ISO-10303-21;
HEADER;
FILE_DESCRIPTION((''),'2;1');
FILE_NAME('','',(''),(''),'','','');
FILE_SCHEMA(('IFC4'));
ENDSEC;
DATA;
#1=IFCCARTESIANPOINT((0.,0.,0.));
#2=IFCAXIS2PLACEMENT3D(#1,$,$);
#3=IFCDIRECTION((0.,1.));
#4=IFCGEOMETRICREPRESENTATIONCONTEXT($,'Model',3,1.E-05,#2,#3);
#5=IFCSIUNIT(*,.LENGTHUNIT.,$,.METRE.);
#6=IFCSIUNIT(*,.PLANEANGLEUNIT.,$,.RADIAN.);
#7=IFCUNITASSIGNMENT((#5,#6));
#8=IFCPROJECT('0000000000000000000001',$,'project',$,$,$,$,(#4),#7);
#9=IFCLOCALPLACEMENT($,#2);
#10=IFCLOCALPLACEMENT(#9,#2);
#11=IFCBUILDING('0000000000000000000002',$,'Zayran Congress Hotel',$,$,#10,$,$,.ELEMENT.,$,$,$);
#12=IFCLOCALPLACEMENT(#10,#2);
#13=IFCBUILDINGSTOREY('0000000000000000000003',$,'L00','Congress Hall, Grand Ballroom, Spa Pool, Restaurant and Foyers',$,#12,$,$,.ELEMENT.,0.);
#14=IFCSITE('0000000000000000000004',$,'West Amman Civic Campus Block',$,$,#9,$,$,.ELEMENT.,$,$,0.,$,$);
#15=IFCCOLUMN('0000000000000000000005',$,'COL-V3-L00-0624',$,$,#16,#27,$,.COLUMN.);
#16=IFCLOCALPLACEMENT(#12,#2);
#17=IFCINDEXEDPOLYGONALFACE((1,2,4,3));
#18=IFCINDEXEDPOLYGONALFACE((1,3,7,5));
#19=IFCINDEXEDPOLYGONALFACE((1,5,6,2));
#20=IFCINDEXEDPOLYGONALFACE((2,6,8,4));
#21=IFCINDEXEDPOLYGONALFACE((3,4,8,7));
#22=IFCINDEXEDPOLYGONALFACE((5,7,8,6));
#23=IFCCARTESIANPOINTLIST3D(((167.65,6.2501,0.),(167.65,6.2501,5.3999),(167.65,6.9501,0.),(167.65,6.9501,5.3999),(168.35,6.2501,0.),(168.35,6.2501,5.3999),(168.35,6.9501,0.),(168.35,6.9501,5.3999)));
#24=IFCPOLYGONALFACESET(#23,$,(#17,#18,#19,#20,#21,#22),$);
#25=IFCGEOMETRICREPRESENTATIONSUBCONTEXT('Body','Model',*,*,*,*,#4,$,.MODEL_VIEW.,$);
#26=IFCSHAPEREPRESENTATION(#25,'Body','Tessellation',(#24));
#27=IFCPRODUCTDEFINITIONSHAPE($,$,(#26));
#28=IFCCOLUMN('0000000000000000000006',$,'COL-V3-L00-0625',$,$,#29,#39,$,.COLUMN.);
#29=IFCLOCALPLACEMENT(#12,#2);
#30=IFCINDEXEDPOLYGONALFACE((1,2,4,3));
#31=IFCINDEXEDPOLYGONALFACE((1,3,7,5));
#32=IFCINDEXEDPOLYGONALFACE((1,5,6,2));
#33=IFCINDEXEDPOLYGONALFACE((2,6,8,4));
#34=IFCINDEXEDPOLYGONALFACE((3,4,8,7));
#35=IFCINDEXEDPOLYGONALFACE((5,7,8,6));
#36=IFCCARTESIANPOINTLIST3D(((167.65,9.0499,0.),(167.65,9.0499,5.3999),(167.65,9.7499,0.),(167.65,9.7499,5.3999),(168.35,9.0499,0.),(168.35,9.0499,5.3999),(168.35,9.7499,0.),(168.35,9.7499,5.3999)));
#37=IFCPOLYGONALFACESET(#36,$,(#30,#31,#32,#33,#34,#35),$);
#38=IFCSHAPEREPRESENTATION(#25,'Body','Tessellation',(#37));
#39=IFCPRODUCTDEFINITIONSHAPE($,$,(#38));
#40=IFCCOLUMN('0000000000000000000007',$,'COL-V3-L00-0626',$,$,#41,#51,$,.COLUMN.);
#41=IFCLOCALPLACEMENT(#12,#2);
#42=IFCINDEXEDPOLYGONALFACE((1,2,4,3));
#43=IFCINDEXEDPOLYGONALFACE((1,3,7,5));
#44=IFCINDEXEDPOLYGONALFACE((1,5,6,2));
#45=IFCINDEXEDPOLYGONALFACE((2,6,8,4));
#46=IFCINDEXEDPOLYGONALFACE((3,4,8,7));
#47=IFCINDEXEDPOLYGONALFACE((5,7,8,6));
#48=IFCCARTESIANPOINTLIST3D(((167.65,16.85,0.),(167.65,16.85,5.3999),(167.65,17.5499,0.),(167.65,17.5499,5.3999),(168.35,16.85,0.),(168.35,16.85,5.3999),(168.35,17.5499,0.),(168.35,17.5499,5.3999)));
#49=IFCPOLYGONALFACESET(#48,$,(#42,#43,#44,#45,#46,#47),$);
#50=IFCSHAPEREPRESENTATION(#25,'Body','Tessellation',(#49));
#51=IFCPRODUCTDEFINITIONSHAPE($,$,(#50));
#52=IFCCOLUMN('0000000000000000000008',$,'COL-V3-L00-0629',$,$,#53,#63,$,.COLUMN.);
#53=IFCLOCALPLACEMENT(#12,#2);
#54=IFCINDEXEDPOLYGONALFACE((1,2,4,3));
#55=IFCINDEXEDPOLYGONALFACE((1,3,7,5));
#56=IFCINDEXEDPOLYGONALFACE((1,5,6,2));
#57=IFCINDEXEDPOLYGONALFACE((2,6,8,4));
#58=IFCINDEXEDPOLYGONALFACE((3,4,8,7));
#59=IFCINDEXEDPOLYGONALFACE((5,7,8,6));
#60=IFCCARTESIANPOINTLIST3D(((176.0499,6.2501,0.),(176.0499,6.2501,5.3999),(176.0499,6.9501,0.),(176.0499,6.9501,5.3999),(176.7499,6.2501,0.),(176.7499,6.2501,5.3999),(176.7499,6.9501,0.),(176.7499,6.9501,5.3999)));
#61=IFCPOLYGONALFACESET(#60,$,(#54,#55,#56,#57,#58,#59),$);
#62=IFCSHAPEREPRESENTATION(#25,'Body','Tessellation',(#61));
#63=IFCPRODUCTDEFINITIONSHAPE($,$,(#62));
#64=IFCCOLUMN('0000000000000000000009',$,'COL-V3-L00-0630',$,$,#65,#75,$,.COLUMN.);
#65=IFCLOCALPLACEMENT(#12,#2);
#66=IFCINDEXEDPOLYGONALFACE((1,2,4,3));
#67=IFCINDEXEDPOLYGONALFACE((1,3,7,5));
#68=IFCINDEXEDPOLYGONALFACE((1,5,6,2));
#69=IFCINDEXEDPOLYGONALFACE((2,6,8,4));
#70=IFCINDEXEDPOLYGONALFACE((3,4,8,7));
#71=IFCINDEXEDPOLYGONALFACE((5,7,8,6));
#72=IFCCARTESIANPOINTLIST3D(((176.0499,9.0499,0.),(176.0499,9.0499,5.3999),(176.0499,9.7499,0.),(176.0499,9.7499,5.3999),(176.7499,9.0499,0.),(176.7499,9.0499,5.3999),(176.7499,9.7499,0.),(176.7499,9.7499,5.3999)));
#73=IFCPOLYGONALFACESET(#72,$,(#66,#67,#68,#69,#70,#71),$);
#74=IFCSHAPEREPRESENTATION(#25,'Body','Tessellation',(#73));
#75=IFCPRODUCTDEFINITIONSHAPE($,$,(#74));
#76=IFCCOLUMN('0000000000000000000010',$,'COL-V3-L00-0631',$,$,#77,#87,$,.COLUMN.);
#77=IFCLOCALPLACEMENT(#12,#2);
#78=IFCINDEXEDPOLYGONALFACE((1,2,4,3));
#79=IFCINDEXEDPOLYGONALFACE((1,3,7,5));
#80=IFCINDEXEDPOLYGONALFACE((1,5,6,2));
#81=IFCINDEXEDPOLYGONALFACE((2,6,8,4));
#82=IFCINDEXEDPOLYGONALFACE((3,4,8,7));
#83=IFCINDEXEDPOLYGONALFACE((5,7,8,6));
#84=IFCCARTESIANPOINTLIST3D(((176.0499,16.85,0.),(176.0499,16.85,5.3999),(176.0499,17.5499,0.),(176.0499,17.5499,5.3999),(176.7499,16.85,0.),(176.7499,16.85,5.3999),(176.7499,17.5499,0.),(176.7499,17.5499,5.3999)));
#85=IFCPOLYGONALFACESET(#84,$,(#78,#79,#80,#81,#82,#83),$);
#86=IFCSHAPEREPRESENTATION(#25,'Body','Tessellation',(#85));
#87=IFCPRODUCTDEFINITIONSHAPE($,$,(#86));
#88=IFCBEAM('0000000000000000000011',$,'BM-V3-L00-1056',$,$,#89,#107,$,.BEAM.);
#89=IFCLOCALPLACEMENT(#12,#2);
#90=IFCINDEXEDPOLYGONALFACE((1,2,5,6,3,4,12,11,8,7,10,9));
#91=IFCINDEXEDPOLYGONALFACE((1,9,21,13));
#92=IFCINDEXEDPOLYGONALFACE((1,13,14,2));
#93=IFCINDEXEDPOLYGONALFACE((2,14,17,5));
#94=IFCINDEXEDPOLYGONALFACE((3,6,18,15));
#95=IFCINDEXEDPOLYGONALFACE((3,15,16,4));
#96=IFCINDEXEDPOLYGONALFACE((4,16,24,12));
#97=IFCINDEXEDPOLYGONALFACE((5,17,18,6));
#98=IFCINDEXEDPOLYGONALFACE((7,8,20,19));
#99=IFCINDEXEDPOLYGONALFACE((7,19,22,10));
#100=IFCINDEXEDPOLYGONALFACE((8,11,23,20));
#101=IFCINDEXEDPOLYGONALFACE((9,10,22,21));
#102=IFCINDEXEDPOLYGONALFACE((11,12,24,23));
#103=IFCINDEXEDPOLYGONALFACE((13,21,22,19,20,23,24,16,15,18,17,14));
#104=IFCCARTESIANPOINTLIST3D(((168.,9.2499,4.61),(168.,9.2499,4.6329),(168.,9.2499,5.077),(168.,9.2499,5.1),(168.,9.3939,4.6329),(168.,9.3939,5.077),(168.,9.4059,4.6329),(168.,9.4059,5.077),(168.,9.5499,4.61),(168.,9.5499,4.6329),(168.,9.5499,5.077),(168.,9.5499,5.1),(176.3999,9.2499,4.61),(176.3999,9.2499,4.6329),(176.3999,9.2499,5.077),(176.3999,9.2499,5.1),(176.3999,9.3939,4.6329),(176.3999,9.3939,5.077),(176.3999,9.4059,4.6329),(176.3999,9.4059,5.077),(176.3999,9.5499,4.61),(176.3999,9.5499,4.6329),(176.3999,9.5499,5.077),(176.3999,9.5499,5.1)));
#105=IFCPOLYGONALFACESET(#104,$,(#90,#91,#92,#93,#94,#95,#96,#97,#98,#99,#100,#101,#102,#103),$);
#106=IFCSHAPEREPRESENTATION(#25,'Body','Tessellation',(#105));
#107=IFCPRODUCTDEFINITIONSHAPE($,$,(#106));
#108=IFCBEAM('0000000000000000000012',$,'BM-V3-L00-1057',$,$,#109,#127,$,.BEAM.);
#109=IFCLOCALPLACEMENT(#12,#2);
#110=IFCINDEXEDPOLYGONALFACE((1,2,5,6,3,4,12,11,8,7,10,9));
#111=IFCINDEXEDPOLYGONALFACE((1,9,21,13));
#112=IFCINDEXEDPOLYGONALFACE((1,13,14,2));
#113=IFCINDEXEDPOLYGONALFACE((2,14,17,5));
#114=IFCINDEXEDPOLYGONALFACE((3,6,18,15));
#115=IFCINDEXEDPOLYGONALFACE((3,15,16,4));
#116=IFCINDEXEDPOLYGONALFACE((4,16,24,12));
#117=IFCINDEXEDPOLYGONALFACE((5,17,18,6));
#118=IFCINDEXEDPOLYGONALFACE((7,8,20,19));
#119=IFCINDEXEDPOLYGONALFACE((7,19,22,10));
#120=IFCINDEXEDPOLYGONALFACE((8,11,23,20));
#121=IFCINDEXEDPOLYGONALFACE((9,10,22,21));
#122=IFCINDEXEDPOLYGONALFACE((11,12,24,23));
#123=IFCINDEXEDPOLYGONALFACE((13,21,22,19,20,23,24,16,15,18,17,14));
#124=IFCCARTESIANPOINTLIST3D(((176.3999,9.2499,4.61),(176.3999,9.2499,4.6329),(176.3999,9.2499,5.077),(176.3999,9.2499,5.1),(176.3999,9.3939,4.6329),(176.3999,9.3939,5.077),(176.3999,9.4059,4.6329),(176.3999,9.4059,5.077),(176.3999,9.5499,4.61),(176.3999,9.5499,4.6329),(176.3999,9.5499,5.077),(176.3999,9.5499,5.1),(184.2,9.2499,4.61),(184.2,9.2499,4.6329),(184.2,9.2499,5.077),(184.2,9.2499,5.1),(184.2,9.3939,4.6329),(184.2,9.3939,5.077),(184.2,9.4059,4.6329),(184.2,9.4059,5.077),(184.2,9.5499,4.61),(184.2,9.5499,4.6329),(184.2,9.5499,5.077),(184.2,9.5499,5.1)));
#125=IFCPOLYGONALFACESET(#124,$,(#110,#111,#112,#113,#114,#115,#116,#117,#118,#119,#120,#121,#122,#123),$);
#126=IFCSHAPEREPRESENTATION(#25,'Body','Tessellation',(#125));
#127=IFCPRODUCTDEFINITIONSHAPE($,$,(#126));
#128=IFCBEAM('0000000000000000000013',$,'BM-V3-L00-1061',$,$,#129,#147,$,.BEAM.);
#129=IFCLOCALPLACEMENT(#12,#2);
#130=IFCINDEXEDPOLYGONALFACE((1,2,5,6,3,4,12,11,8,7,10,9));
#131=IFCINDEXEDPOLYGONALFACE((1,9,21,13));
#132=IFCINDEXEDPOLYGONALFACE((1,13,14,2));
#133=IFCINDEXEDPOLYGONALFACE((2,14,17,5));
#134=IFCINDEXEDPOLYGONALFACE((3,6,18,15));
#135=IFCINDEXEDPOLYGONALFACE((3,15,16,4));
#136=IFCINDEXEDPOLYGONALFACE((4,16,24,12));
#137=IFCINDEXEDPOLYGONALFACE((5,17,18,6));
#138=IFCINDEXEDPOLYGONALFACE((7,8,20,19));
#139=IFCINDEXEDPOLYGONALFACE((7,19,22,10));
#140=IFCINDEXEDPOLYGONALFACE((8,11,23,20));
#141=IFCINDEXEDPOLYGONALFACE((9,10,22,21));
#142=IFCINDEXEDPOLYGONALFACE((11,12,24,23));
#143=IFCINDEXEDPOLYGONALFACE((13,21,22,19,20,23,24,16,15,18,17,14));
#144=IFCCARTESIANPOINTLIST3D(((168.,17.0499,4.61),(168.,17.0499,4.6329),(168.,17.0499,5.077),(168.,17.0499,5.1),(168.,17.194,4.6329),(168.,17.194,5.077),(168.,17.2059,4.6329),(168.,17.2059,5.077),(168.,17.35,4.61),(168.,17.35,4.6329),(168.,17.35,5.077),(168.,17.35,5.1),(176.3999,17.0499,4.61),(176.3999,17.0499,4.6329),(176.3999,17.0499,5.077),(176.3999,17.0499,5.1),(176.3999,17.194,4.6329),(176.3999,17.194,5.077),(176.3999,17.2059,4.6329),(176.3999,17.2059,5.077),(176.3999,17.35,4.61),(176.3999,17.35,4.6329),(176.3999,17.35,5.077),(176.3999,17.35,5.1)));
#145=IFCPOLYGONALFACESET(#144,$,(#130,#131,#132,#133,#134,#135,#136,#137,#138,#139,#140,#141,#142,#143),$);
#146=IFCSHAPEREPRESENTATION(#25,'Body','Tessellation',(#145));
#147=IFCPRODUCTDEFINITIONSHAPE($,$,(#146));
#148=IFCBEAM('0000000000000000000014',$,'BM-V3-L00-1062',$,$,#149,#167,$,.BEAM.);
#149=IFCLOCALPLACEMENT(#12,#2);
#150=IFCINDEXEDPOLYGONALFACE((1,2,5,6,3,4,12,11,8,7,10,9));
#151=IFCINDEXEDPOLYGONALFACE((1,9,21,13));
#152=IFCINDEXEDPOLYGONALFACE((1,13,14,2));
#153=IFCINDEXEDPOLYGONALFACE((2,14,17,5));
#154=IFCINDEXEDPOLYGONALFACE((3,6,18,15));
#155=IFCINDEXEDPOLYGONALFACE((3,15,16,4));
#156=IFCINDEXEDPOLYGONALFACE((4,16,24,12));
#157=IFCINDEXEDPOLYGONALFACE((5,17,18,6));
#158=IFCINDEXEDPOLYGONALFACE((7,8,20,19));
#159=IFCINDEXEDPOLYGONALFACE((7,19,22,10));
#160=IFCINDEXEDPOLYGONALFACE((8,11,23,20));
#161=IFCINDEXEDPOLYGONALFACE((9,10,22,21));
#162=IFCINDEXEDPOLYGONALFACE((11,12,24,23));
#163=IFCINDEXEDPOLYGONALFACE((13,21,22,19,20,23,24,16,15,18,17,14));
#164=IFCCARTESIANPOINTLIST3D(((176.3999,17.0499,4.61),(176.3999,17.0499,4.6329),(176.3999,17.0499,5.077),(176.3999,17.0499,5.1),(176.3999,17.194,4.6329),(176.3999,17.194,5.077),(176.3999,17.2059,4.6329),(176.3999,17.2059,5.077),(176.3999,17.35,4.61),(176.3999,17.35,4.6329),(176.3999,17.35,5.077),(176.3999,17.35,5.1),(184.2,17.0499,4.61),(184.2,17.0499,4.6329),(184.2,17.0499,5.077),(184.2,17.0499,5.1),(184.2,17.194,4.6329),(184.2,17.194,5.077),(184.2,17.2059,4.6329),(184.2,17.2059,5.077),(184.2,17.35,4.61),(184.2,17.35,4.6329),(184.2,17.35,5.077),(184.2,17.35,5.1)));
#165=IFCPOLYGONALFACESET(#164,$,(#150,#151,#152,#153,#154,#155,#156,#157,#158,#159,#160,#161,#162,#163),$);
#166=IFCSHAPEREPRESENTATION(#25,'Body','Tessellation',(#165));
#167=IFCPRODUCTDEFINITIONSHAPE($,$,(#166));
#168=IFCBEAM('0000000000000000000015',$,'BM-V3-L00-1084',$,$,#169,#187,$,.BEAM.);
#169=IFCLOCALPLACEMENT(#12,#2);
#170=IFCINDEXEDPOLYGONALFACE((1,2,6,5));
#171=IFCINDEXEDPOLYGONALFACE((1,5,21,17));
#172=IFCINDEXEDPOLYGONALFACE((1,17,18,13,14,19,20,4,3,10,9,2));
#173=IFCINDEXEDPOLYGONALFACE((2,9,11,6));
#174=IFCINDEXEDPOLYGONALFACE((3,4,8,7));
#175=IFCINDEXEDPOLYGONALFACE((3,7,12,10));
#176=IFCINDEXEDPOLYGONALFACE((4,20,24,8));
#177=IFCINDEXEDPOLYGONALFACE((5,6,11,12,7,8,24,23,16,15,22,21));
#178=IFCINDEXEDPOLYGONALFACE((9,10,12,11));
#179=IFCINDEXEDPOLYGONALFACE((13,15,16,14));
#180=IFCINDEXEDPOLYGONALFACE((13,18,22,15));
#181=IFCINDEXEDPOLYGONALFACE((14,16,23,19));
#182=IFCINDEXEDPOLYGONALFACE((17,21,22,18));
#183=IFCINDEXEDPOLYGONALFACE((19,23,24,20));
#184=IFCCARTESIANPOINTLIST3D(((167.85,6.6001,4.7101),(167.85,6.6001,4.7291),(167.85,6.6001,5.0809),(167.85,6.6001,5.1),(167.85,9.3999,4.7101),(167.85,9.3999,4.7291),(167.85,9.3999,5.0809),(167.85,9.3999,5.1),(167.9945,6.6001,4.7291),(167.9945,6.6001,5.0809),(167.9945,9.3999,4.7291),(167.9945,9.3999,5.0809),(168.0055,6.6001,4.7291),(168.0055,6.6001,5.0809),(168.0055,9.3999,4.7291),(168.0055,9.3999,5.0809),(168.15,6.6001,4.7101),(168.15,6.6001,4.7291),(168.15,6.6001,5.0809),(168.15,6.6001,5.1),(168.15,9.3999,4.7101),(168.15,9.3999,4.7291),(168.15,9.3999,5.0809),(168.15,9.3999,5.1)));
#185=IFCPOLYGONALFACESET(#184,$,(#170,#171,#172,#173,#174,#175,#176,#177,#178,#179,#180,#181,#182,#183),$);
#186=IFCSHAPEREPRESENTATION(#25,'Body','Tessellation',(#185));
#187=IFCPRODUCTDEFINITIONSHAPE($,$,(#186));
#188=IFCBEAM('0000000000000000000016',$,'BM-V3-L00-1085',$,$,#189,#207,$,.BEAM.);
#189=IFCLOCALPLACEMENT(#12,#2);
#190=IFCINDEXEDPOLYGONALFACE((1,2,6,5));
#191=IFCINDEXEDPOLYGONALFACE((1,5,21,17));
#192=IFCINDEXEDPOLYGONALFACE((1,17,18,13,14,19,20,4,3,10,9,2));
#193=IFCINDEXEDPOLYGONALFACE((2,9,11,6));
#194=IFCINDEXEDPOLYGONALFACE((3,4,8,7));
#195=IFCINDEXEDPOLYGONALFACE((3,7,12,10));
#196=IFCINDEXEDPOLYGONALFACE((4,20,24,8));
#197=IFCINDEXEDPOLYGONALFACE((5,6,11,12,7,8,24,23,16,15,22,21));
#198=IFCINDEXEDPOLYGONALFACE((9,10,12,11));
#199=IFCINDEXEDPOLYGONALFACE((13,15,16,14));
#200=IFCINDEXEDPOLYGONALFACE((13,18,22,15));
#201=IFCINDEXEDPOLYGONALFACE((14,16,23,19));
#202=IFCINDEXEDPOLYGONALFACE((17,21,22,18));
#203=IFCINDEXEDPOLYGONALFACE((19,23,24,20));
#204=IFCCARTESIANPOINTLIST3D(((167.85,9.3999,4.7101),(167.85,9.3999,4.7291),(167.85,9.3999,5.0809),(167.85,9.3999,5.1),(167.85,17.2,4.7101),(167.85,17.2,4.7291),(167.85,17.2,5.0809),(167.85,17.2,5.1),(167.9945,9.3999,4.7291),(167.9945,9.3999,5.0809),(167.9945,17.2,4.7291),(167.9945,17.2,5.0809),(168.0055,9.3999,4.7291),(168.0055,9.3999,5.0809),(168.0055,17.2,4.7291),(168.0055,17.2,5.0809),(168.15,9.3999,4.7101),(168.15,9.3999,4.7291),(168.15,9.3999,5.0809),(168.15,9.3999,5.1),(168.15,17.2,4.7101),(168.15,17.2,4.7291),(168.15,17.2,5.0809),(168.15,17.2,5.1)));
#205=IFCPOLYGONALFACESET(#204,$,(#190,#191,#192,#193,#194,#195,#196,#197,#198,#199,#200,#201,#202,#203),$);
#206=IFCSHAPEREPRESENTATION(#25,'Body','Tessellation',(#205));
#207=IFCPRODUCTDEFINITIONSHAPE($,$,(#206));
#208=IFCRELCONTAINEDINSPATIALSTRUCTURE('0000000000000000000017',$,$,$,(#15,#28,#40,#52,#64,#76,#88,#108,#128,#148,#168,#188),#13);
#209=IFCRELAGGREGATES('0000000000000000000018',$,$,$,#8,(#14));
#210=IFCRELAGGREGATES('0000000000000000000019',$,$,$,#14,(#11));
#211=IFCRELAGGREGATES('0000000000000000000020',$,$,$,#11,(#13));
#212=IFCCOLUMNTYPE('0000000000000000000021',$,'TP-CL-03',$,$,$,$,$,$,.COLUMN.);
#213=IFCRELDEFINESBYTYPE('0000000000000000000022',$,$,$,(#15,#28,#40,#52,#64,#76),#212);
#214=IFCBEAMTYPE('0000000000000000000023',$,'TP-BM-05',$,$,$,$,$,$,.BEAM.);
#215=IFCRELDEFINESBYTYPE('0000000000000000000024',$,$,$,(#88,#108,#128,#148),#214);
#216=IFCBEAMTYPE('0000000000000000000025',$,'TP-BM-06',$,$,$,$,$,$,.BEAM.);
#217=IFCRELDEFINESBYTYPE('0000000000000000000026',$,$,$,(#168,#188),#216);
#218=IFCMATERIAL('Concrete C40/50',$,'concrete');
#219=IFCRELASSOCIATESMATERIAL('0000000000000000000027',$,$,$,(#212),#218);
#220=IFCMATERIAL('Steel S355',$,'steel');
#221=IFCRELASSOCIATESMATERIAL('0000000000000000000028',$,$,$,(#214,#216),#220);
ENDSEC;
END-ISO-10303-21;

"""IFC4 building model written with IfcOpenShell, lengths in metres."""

from ifc_helpers import new_model, si_unit, direction, frame, origin, origin_2d, place, context, subcontext, project, spatial, rectangle, i_section, extrude, material, material_profile, profile_set, type_object, element, save


model = new_model("IFC4")

# Units and contexts
model_context = context("Model", 3, precision=1e-05, world=origin(), true_north=direction((0.0, 1.0)))
body_context = subcontext(model_context, "Body", "Model", "MODEL_VIEW")
ifc_project = project(units=[si_unit("LENGTHUNIT", "METRE"), si_unit("PLANEANGLEUNIT", "RADIAN")], contexts=[model_context])

# Site, building, storey
site_placement = place(None, origin())
site = spatial("IfcSite", under=ifc_project, at=site_placement, Name="West Amman Civic Campus Block", CompositionType="ELEMENT", RefElevation=0.0)
building_placement = place(site_placement, origin())
building = spatial("IfcBuilding", under=site, at=building_placement, Name="Zayran Congress Hotel", CompositionType="ELEMENT")
storey_placement = place(building_placement, origin())
storey = spatial("IfcBuildingStorey", under=building, at=storey_placement, Name="L00", Description="Congress Hall, Grand Ballroom, Spa Pool, Restaurant and Foyers", CompositionType="ELEMENT", Elevation=0.0)

# Columns
ifc_material_1 = material(Name="Concrete C40/50", Category="concrete")
ifc_material_profile_1 = material_profile(ifc_material_1, rectangle(XDim=0.7, YDim=0.7, at=origin_2d()), Name="RC 700x700")
ifc_profile_set_1 = profile_set([ifc_material_profile_1], Name="Concrete C40/50")
column_type = type_object("IfcColumnType", Name="TP-CL-03", PredefinedType="COLUMN", material=ifc_profile_set_1)
for number, where, z_axis, x_axis, name in (
    (1, (168.0, 6.6001, 0.0), (0.0, 0.0, 1.0), (1.0, 0.0, 0.0), "COL-V3-L00-0624"),
    (2, (168.0, 9.3999, 0.0), (0.0, 0.0, 1.0), (1.0, 0.0, 0.0), "COL-V3-L00-0625"),
    (3, (168.0, 17.2, 0.0), (0.0, 0.0, 1.0), (1.0, 0.0, 0.0), "COL-V3-L00-0626"),
    (4, (176.3999, 6.6001, 0.0), (0.0, 0.0, 1.0), (1.0, 0.0, 0.0), "COL-V3-L00-0629"),
    (5, (176.3999, 9.3999, 0.0), (0.0, 0.0, 1.0), (1.0, 0.0, 0.0), "COL-V3-L00-0630"),
    (6, (176.3999, 17.2, 0.0), (0.0, 0.0, 1.0), (1.0, 0.0, 0.0), "COL-V3-L00-0631"),
):
    element("IfcColumn", number, at=place(storey_placement, frame(where, z_axis=z_axis, x_axis=x_axis)), inside=storey, type_object=column_type, Name=name, PredefinedType="COLUMN", context=body_context, shape_type="SweptSolid", body=[
        extrude(rectangle(XDim=0.7, YDim=0.7, at=origin_2d()), origin(), (0.0, 0.0, 1.0), 5.3999),
    ])

# Beams
ifc_material_2 = material(Name="Steel S355", Category="steel")
ifc_material_profile_2 = material_profile(ifc_material_2, i_section(OverallWidth=0.3, OverallDepth=0.49, WebThickness=0.012, FlangeThickness=0.0229, at=origin_2d()), Name="HEA 500")
ifc_profile_set_2 = profile_set([ifc_material_profile_2], Name="Steel S355")
beam_type_1 = type_object("IfcBeamType", Name="TP-BM-05", PredefinedType="BEAM", material=ifc_profile_set_2)
beam_1_placement = place(storey_placement, frame((168.0, 9.3999, 4.855), z_axis=(1.0, 0.0, 0.0), x_axis=(0.0, 1.0, 0.0)))
element("IfcBeam", 7, at=beam_1_placement, inside=storey, type_object=beam_type_1, Name="BM-V3-L00-1056", PredefinedType="BEAM", context=body_context, shape_type="SweptSolid", body=[
    extrude(i_section(OverallWidth=0.3, OverallDepth=0.49, WebThickness=0.012, FlangeThickness=0.0229, at=origin_2d()), origin(), (0.0, 0.0, 1.0), 8.3999),
])
beam_2_placement = place(storey_placement, frame((176.3999, 9.3999, 4.855), z_axis=(1.0, 0.0, 0.0), x_axis=(0.0, 1.0, 0.0)))
element("IfcBeam", 8, at=beam_2_placement, inside=storey, type_object=beam_type_1, Name="BM-V3-L00-1057", PredefinedType="BEAM", context=body_context, shape_type="SweptSolid", body=[
    extrude(i_section(OverallWidth=0.3, OverallDepth=0.49, WebThickness=0.012, FlangeThickness=0.0229, at=origin_2d()), origin(), (0.0, 0.0, 1.0), 7.8),
])
beam_3_placement = place(storey_placement, frame((168.0, 17.2, 4.855), z_axis=(1.0, 0.0, 0.0), x_axis=(0.0, 1.0, 0.0)))
element("IfcBeam", 9, at=beam_3_placement, inside=storey, type_object=beam_type_1, Name="BM-V3-L00-1061", PredefinedType="BEAM", context=body_context, shape_type="SweptSolid", body=[
    extrude(i_section(OverallWidth=0.3, OverallDepth=0.49, WebThickness=0.012, FlangeThickness=0.0229, at=origin_2d()), origin(), (0.0, 0.0, 1.0), 8.3999),
])
beam_4_placement = place(storey_placement, frame((176.3999, 17.2, 4.855), z_axis=(1.0, 0.0, 0.0), x_axis=(0.0, 1.0, 0.0)))
element("IfcBeam", 10, at=beam_4_placement, inside=storey, type_object=beam_type_1, Name="BM-V3-L00-1062", PredefinedType="BEAM", context=body_context, shape_type="SweptSolid", body=[
    extrude(i_section(OverallWidth=0.3, OverallDepth=0.49, WebThickness=0.012, FlangeThickness=0.0229, at=origin_2d()), origin(), (0.0, 0.0, 1.0), 7.8),
])
ifc_material_profile_3 = material_profile(ifc_material_2, i_section(OverallWidth=0.3, OverallDepth=0.3899, WebThickness=0.011, FlangeThickness=0.019, at=origin_2d()), Name="HEA 400")
ifc_profile_set_3 = profile_set([ifc_material_profile_3], Name="Steel S355")
beam_type_2 = type_object("IfcBeamType", Name="TP-BM-06", PredefinedType="BEAM", material=ifc_profile_set_3)
beam_5_placement = place(storey_placement, frame((168.0, 6.6001, 4.905), z_axis=(0.0, 1.0, 0.0), x_axis=(-1.0, 0.0, 0.0)))
element("IfcBeam", 11, at=beam_5_placement, inside=storey, type_object=beam_type_2, Name="BM-V3-L00-1084", PredefinedType="BEAM", context=body_context, shape_type="SweptSolid", body=[
    extrude(i_section(OverallWidth=0.3, OverallDepth=0.3899, WebThickness=0.011, FlangeThickness=0.019, at=origin_2d()), origin(), (0.0, 0.0, 1.0), 2.7998),
])
beam_6_placement = place(storey_placement, frame((168.0, 9.3999, 4.905), z_axis=(0.0, 1.0, 0.0), x_axis=(-1.0, 0.0, 0.0)))
element("IfcBeam", 12, at=beam_6_placement, inside=storey, type_object=beam_type_2, Name="BM-V3-L00-1085", PredefinedType="BEAM", context=body_context, shape_type="SweptSolid", body=[
    extrude(i_section(OverallWidth=0.3, OverallDepth=0.3899, WebThickness=0.011, FlangeThickness=0.019, at=origin_2d()), origin(), (0.0, 0.0, 1.0), 7.8),
])

save(model, "model.ifc")
